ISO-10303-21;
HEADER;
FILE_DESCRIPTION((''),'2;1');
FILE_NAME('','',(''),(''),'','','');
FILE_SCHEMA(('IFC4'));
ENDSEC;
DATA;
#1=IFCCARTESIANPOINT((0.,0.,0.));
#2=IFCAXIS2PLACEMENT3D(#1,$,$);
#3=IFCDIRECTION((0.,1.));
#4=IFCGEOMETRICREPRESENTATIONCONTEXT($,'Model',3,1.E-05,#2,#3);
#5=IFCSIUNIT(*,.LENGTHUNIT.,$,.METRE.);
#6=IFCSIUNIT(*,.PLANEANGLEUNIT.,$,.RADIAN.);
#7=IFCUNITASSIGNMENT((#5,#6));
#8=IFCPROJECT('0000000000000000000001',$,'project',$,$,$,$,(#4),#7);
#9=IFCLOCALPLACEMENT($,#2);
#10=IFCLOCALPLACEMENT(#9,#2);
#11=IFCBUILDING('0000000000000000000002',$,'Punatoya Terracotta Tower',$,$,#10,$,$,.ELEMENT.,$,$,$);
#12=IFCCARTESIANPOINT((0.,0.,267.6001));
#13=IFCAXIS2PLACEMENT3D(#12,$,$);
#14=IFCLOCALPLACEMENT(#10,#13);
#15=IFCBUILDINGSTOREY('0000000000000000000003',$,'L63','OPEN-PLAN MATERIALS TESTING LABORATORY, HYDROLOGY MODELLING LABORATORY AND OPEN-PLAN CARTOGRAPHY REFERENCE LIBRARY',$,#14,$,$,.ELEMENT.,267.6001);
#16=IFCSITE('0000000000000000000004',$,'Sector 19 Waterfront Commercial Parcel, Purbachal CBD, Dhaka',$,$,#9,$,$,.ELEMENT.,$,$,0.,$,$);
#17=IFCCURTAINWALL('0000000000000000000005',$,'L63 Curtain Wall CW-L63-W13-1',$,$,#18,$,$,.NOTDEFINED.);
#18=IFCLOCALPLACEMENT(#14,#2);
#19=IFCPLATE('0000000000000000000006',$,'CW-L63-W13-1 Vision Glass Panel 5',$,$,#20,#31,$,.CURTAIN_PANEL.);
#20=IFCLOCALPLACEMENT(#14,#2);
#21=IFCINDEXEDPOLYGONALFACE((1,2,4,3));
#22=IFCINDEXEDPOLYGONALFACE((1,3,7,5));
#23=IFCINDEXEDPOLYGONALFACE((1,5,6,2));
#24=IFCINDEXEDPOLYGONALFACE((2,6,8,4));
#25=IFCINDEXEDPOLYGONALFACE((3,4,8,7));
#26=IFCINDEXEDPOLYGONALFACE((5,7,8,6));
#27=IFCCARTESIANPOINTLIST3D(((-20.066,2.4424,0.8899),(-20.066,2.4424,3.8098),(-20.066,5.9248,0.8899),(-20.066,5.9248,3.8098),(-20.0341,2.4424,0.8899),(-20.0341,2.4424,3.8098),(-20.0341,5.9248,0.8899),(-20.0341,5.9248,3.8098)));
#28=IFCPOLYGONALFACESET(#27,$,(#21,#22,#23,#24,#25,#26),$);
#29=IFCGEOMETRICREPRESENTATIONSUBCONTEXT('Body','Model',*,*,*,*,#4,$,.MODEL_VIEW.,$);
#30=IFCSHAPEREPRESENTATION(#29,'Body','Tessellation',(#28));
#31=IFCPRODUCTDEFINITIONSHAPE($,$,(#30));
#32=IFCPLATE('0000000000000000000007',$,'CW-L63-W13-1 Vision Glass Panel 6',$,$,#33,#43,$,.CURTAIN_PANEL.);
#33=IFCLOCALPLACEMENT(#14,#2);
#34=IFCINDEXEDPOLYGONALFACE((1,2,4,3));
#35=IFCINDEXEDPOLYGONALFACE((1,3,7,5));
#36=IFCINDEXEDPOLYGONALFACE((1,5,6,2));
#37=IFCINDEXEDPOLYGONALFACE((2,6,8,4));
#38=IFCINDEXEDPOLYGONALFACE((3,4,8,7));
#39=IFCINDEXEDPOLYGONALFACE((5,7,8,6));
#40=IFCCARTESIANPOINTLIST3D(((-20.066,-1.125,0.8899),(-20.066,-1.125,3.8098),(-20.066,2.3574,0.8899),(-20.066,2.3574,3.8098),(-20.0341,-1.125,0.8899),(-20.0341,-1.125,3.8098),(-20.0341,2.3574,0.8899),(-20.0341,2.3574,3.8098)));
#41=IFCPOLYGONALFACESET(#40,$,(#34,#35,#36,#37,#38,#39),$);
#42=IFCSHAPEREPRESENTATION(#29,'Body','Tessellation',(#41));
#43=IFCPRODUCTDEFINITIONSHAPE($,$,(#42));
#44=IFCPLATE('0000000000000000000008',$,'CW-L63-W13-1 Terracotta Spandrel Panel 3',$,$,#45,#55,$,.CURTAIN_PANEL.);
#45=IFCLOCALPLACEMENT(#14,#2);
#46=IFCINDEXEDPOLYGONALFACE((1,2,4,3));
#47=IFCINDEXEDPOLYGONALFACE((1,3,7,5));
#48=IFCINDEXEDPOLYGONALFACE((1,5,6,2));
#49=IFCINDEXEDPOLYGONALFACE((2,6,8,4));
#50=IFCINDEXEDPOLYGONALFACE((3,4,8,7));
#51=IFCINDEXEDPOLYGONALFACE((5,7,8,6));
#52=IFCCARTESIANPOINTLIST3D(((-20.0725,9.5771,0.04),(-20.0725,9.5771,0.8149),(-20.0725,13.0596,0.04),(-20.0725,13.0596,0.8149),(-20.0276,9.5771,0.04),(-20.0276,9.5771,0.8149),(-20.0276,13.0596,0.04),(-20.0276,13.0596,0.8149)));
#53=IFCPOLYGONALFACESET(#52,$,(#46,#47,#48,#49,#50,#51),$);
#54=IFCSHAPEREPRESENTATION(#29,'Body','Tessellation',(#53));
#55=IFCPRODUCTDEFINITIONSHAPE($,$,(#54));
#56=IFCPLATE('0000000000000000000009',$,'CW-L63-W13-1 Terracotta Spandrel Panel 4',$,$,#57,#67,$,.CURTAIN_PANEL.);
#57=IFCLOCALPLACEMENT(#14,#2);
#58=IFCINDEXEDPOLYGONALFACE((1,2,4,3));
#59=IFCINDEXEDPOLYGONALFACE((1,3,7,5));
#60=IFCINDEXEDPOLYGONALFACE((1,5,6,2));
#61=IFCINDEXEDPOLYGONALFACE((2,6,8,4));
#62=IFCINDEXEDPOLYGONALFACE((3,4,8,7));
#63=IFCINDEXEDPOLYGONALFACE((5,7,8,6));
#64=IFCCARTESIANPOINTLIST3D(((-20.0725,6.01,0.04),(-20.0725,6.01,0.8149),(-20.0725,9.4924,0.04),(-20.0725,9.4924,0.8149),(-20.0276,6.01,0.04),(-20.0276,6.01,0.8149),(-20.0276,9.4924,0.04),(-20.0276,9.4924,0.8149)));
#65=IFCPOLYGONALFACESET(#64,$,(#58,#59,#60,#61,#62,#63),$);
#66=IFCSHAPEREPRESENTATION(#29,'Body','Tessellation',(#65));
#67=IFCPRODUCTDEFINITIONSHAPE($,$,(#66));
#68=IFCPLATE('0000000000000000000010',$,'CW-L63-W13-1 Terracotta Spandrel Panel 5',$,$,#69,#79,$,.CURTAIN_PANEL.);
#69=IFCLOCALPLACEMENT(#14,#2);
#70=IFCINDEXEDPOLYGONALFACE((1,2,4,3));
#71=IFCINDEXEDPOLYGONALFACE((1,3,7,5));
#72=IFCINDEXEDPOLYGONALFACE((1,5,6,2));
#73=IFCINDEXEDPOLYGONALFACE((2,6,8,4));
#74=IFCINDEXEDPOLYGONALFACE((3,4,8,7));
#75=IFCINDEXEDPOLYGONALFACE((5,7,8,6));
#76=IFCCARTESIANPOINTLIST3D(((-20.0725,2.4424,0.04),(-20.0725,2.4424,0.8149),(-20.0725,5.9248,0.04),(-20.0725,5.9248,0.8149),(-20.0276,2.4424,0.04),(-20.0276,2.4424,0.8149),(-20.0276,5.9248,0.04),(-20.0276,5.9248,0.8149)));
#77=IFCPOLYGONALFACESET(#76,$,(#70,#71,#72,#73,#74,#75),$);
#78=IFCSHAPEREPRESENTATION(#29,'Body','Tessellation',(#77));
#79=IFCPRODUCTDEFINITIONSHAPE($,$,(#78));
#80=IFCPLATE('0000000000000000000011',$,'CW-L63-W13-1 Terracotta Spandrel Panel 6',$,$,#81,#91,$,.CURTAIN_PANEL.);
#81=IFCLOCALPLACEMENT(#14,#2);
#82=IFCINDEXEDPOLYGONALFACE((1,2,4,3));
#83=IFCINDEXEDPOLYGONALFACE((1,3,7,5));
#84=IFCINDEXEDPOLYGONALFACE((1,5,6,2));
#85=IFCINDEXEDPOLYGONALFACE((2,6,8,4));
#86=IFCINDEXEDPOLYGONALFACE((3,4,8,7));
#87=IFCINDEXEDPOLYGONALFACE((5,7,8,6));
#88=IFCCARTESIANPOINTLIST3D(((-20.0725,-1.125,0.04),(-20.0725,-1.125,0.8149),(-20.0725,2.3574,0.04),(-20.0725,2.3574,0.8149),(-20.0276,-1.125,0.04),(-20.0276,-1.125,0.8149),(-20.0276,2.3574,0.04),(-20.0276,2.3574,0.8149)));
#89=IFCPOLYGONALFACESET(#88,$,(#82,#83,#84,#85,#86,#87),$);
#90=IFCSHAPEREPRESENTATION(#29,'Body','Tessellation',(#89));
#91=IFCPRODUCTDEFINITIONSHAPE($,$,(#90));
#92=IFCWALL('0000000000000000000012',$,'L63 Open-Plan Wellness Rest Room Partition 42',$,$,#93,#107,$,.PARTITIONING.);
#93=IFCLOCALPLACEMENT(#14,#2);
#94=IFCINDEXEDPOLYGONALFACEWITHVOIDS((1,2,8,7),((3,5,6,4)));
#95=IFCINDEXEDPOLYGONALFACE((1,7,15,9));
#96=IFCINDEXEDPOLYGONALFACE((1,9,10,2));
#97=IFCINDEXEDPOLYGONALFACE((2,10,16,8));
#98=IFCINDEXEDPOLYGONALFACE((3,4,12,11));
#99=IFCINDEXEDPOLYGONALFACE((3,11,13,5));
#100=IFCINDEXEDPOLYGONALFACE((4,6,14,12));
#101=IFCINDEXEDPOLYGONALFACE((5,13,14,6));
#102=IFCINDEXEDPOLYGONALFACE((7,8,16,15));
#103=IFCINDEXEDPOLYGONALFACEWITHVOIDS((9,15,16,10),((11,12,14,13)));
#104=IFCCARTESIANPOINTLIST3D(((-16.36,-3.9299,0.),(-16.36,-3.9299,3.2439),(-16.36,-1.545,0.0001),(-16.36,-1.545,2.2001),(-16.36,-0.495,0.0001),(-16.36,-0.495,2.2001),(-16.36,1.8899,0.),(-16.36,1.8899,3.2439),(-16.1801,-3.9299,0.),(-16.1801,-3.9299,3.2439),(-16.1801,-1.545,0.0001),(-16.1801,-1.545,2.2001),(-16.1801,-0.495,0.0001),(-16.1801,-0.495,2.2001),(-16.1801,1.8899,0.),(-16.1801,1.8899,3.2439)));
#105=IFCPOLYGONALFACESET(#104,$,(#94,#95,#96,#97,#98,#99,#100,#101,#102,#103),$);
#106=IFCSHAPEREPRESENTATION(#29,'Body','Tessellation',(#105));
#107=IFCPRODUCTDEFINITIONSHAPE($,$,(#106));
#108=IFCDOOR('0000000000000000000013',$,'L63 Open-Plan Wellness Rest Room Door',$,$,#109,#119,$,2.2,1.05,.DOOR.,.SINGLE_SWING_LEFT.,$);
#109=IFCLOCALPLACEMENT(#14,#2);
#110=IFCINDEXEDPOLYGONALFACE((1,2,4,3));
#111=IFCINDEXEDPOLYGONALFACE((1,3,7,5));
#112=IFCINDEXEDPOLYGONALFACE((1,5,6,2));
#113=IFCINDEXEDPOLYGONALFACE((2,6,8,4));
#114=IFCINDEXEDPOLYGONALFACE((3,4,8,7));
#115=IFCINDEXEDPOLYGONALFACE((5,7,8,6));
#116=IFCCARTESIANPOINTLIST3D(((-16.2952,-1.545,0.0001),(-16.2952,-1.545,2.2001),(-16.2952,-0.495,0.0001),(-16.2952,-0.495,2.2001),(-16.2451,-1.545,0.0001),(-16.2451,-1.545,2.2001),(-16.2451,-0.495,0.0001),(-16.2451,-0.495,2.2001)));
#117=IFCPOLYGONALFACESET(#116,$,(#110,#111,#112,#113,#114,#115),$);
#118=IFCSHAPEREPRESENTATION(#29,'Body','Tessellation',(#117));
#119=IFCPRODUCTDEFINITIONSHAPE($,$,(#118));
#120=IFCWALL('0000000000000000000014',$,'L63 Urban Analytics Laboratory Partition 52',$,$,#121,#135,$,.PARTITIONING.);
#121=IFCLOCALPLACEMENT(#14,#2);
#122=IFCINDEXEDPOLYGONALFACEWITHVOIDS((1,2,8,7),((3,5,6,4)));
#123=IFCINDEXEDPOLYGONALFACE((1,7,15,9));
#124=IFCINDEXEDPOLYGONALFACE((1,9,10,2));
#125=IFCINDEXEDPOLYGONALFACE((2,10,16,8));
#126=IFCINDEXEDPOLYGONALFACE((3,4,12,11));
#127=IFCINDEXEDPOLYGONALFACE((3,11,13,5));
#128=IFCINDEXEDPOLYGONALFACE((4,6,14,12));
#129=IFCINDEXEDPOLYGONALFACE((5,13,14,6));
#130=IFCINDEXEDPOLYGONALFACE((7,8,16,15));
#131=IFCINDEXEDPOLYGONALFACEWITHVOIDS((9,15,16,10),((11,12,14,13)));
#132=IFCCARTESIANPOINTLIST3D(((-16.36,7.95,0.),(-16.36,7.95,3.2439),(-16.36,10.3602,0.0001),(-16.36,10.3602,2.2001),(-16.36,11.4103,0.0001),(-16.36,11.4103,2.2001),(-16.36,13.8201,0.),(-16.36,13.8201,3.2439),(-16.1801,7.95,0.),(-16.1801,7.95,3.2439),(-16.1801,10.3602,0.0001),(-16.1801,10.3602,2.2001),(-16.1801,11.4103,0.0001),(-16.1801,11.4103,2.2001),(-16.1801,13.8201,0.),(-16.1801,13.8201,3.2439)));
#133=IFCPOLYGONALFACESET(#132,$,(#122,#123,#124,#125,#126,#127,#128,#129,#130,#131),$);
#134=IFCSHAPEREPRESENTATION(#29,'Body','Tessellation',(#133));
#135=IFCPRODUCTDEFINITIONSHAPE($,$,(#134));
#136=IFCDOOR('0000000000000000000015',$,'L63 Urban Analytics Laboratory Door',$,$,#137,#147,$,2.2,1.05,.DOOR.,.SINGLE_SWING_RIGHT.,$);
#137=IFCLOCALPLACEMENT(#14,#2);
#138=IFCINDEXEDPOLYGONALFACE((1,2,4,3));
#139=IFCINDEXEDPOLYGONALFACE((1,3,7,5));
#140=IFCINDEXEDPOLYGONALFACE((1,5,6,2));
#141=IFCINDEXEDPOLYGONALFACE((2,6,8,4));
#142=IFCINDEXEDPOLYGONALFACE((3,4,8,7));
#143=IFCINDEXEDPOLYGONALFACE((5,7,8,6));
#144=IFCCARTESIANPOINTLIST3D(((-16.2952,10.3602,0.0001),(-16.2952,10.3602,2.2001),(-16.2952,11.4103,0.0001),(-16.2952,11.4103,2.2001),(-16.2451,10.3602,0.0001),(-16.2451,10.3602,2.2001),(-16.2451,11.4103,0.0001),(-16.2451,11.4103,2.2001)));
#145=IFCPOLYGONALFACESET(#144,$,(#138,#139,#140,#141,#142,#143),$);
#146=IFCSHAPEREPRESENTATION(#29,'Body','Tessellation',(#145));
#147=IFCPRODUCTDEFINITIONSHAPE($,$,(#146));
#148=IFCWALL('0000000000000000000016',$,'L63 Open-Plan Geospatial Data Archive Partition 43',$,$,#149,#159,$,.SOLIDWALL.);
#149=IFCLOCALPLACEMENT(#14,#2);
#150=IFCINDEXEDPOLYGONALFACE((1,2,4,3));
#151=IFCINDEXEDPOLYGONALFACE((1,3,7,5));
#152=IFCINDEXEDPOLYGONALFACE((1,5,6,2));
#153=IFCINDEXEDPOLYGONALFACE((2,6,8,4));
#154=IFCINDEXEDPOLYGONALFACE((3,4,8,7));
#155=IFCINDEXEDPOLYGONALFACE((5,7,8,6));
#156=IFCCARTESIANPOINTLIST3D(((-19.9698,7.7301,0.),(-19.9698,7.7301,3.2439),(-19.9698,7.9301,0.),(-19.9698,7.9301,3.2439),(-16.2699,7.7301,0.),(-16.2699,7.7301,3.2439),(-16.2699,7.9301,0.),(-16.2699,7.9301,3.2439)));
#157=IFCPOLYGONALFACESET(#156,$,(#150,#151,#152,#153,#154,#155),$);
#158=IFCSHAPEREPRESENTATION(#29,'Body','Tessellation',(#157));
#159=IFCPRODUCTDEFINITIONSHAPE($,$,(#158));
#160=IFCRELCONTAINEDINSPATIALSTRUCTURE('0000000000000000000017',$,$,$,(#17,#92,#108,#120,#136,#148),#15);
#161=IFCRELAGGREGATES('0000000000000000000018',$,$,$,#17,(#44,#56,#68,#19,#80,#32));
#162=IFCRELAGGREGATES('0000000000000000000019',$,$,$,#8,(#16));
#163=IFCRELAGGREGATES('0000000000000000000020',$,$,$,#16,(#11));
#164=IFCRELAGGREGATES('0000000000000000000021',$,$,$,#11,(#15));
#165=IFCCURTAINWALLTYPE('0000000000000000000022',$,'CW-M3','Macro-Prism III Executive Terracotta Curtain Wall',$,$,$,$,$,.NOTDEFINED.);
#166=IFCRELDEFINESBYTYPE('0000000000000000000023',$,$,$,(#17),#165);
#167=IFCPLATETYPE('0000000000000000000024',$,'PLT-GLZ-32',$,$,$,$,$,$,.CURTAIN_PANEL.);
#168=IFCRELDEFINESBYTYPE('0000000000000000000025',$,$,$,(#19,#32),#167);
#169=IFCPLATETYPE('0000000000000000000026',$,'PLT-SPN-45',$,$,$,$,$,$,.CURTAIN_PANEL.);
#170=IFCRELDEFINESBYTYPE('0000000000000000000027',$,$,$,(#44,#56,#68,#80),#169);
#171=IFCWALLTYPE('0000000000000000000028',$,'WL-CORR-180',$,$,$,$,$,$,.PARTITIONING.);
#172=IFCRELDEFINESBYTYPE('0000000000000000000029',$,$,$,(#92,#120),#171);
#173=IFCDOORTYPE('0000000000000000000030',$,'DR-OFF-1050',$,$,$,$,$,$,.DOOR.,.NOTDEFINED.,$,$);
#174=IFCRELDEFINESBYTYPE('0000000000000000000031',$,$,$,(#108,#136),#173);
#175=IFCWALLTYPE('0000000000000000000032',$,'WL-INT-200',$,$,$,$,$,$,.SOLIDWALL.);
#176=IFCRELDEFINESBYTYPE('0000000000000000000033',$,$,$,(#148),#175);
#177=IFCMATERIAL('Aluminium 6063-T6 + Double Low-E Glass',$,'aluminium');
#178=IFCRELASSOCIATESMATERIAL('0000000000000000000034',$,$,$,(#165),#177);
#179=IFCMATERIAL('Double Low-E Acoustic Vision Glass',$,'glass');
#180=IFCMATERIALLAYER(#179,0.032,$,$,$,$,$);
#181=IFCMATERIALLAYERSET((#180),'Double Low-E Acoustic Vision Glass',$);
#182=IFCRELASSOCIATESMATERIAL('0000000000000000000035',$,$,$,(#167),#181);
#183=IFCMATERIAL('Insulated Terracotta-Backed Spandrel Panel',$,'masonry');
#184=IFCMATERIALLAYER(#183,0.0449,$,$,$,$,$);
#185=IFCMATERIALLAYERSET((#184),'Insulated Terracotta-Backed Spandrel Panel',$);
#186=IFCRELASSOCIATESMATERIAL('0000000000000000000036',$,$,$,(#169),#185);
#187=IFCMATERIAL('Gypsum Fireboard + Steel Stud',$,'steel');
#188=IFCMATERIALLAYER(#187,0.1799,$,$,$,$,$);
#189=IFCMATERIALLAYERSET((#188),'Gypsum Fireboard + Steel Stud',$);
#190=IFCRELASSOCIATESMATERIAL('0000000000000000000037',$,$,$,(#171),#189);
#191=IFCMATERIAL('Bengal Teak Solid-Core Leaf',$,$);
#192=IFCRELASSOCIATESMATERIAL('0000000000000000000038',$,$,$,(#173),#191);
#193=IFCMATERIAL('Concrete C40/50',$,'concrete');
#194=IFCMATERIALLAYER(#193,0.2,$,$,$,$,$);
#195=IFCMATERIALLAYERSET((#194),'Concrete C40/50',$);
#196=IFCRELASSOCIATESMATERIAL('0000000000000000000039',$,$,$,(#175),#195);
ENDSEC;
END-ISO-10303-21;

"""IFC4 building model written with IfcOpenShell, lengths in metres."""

from ifc_helpers import new_model, si_unit, direction, frame, frame_2d, origin, origin_2d, place, context, subcontext, project, spatial, rectangle, extrude, material, layer, layer_set, type_object, element, fill, aggregate, save


model = new_model("IFC4")

# Units and contexts
model_context = context("Model", 3, precision=1e-05, world=origin(), true_north=direction((0.0, 1.0)))
body_context = subcontext(model_context, "Body", "Model", "MODEL_VIEW")
ifc_project = project(units=[si_unit("LENGTHUNIT", "METRE"), si_unit("PLANEANGLEUNIT", "RADIAN")], contexts=[model_context])

# Site, building, storey
site_placement = place(None, origin())
site = spatial("IfcSite", under=ifc_project, at=site_placement, Name="Sector 19 Waterfront Commercial Parcel, Purbachal CBD, Dhaka", CompositionType="ELEMENT", RefElevation=0.0)
building_placement = place(site_placement, origin())
building = spatial("IfcBuilding", under=site, at=building_placement, Name="Punatoya Terracotta Tower", CompositionType="ELEMENT")
storey_placement = place(building_placement, frame((0.0, 0.0, 267.6001)))
storey = spatial("IfcBuildingStorey", under=building, at=storey_placement, Name="L63", Description="OPEN-PLAN MATERIALS TESTING LABORATORY, HYDROLOGY MODELLING LABORATORY AND OPEN-PLAN CARTOGRAPHY REFERENCE LIBRARY", CompositionType="ELEMENT", Elevation=267.6001)

# Curtain wall, plates
ifc_material_1 = material(Name="Aluminium 6063-T6 + Double Low-E Glass", Category="aluminium")
curtain_wall_type = type_object("IfcCurtainWallType", Name="CW-M3", Description="Macro-Prism III Executive Terracotta Curtain Wall", PredefinedType="NOTDEFINED", material=ifc_material_1)
curtain_wall_placement = place(storey_placement, origin())
curtain_wall = element("IfcCurtainWall", 1, at=curtain_wall_placement, inside=storey, type_object=curtain_wall_type, Name="L63 Curtain Wall CW-L63-W13-1", PredefinedType="NOTDEFINED")
ifc_material_2 = material(Name="Double Low-E Acoustic Vision Glass", Category="glass")
ifc_layer_1 = layer(ifc_material_2, 0.032)
ifc_layer_set_1 = layer_set([ifc_layer_1], Name="Double Low-E Acoustic Vision Glass")
plate_type_1 = type_object("IfcPlateType", Name="PLT-GLZ-32", PredefinedType="CURTAIN_PANEL", material=ifc_layer_set_1)
plate_1_placement = place(storey_placement, frame((-20.05, 4.1836, 0.8899), z_axis=(0.0, 0.0, 1.0), x_axis=(0.0, -1.0, 0.0)))
plate_1 = element("IfcPlate", 2, at=plate_1_placement, type_object=plate_type_1, Name="CW-L63-W13-1 Vision Glass Panel 5", PredefinedType="CURTAIN_PANEL", context=body_context, shape_type="SweptSolid", body=[
    extrude(rectangle(XDim=3.4824, YDim=0.032, at=origin_2d()), origin(), (0.0, 0.0, 1.0), 2.9199),
])
plate_2_placement = place(storey_placement, frame((-20.05, 0.6162, 0.8899), z_axis=(0.0, 0.0, 1.0), x_axis=(0.0, -1.0, 0.0)))
plate_2 = element("IfcPlate", 3, at=plate_2_placement, type_object=plate_type_1, Name="CW-L63-W13-1 Vision Glass Panel 6", PredefinedType="CURTAIN_PANEL", context=body_context, shape_type="SweptSolid", body=[
    extrude(rectangle(XDim=3.4824, YDim=0.032, at=origin_2d()), origin(), (0.0, 0.0, 1.0), 2.9199),
])
ifc_material_3 = material(Name="Insulated Terracotta-Backed Spandrel Panel", Category="masonry")
ifc_layer_2 = layer(ifc_material_3, 0.0449)
ifc_layer_set_2 = layer_set([ifc_layer_2], Name="Insulated Terracotta-Backed Spandrel Panel")
plate_type_2 = type_object("IfcPlateType", Name="PLT-SPN-45", PredefinedType="CURTAIN_PANEL", material=ifc_layer_set_2)
plate_3_placement = place(storey_placement, frame((-20.05, 11.3184, 0.04), z_axis=(0.0, 0.0, 1.0), x_axis=(0.0, -1.0, 0.0)))
plate_3 = element("IfcPlate", 4, at=plate_3_placement, type_object=plate_type_2, Name="CW-L63-W13-1 Terracotta Spandrel Panel 3", PredefinedType="CURTAIN_PANEL", context=body_context, shape_type="SweptSolid", body=[
    extrude(rectangle(XDim=3.4824, YDim=0.0449, at=origin_2d()), origin(), (0.0, 0.0, 1.0), 0.7749),
])
plate_4_placement = place(storey_placement, frame((-20.05, 7.7512, 0.04), z_axis=(0.0, 0.0, 1.0), x_axis=(0.0, -1.0, 0.0)))
plate_4 = element("IfcPlate", 5, at=plate_4_placement, type_object=plate_type_2, Name="CW-L63-W13-1 Terracotta Spandrel Panel 4", PredefinedType="CURTAIN_PANEL", context=body_context, shape_type="SweptSolid", body=[
    extrude(rectangle(XDim=3.4824, YDim=0.0449, at=origin_2d()), origin(), (0.0, 0.0, 1.0), 0.7749),
])
plate_5_placement = place(storey_placement, frame((-20.05, 4.1836, 0.04), z_axis=(0.0, 0.0, 1.0), x_axis=(0.0, -1.0, 0.0)))
plate_5 = element("IfcPlate", 6, at=plate_5_placement, type_object=plate_type_2, Name="CW-L63-W13-1 Terracotta Spandrel Panel 5", PredefinedType="CURTAIN_PANEL", context=body_context, shape_type="SweptSolid", body=[
    extrude(rectangle(XDim=3.4824, YDim=0.0449, at=origin_2d()), origin(), (0.0, 0.0, 1.0), 0.7749),
])
plate_6_placement = place(storey_placement, frame((-20.05, 0.6162, 0.04), z_axis=(0.0, 0.0, 1.0), x_axis=(0.0, -1.0, 0.0)))
plate_6 = element("IfcPlate", 7, at=plate_6_placement, type_object=plate_type_2, Name="CW-L63-W13-1 Terracotta Spandrel Panel 6", PredefinedType="CURTAIN_PANEL", context=body_context, shape_type="SweptSolid", body=[
    extrude(rectangle(XDim=3.4824, YDim=0.0449, at=origin_2d()), origin(), (0.0, 0.0, 1.0), 0.7749),
])
aggregate(curtain_wall, [plate_3, plate_4, plate_5, plate_1, plate_6, plate_2])

# Walls, openings, doors
ifc_material_4 = material(Name="Gypsum Fireboard + Steel Stud", Category="steel")
ifc_layer_3 = layer(ifc_material_4, 0.1799)
ifc_layer_set_3 = layer_set([ifc_layer_3], Name="Gypsum Fireboard + Steel Stud")
wall_type_1 = type_object("IfcWallType", Name="WL-CORR-180", PredefinedType="PARTITIONING", material=ifc_layer_set_3)
wall_1_placement = place(storey_placement, frame((-16.27, 1.8899, 0.0), z_axis=(0.0, 0.0, 1.0), x_axis=(0.0, -1.0, 0.0)))
wall_1 = element("IfcWall", 8, at=wall_1_placement, inside=storey, type_object=wall_type_1, Name="L63 Open-Plan Wellness Rest Room Partition 42", PredefinedType="PARTITIONING", context=body_context, shape_type="SweptSolid", body=[
    extrude(rectangle(XDim=5.8198, YDim=0.1799, at=frame_2d((2.9099, 0.0))), origin(), (0.0, 0.0, 1.0), 3.2439),
])
opening_1_placement = place(wall_1_placement, frame((2.385, 0.0, 0.0)))
opening_1 = element("IfcOpeningElement", 9, at=opening_1_placement, cuts=wall_1, PredefinedType="OPENING", context=body_context, shape_type="SweptSolid", body=[
    extrude(rectangle(XDim=1.05, YDim=2.2, at=frame_2d((0.5249, 1.1001))), frame((0.0, 0.0999, 0.0), z_axis=(0.0, -1.0, 0.0), x_axis=(1.0, 0.0, 0.0)), (0.0, 0.0, 1.0), 0.2),
])
ifc_material_5 = material(Name="Bengal Teak Solid-Core Leaf")
door_type_1 = type_object("IfcDoorType", Name="DR-OFF-1050", OperationType="NOTDEFINED", PredefinedType="DOOR", material=ifc_material_5)
door_1_placement = place(opening_1_placement, origin())
door_1 = element("IfcDoor", 10, at=door_1_placement, inside=storey, type_object=door_type_1, Name="L63 Open-Plan Wellness Rest Room Door", OperationType="SINGLE_SWING_LEFT", OverallHeight=2.2, OverallWidth=1.05, PredefinedType="DOOR", context=body_context, shape_type="SweptSolid", body=[
    extrude(rectangle(XDim=1.05, YDim=2.2, at=frame_2d((0.5249, 1.1001))), frame((0.0, 0.0249, 0.0), z_axis=(0.0, -1.0, 0.0), x_axis=(1.0, 0.0, 0.0)), (0.0, 0.0, 1.0), 0.05),
])
fill(opening_1, door_1)
wall_2_placement = place(storey_placement, frame((-16.27, 13.8201, 0.0), z_axis=(0.0, 0.0, 1.0), x_axis=(0.0, -1.0, 0.0)))
wall_2 = element("IfcWall", 11, at=wall_2_placement, inside=storey, type_object=wall_type_1, Name="L63 Urban Analytics Laboratory Partition 52", PredefinedType="PARTITIONING", context=body_context, shape_type="SweptSolid", body=[
    extrude(rectangle(XDim=5.8701, YDim=0.1799, at=frame_2d((2.9351, 0.0))), origin(), (0.0, 0.0, 1.0), 3.2439),
])
opening_2_placement = place(wall_2_placement, frame((2.4099, 0.0, 0.0)))
opening_2 = element("IfcOpeningElement", 12, at=opening_2_placement, cuts=wall_2, PredefinedType="OPENING", context=body_context, shape_type="SweptSolid", body=[
    extrude(rectangle(XDim=1.05, YDim=2.2, at=frame_2d((0.5249, 1.1001))), frame((0.0, 0.0999, 0.0), z_axis=(0.0, -1.0, 0.0), x_axis=(1.0, 0.0, 0.0)), (0.0, 0.0, 1.0), 0.2),
])
door_2_placement = place(opening_2_placement, origin())
door_2 = element("IfcDoor", 13, at=door_2_placement, inside=storey, type_object=door_type_1, Name="L63 Urban Analytics Laboratory Door", OperationType="SINGLE_SWING_RIGHT", OverallHeight=2.2, OverallWidth=1.05, PredefinedType="DOOR", context=body_context, shape_type="SweptSolid", body=[
    extrude(rectangle(XDim=1.05, YDim=2.2, at=frame_2d((0.5249, 1.1001))), frame((0.0, 0.0249, 0.0), z_axis=(0.0, -1.0, 0.0), x_axis=(1.0, 0.0, 0.0)), (0.0, 0.0, 1.0), 0.05),
])
fill(opening_2, door_2)

# Wall
ifc_material_6 = material(Name="Concrete C40/50", Category="concrete")
ifc_layer_4 = layer(ifc_material_6, 0.2)
ifc_layer_set_4 = layer_set([ifc_layer_4], Name="Concrete C40/50")
wall_type_2 = type_object("IfcWallType", Name="WL-INT-200", PredefinedType="SOLIDWALL", material=ifc_layer_set_4)
wall_3_placement = place(storey_placement, frame((-19.97, 7.8301, 0.0), z_axis=(0.0, 0.0, 1.0), x_axis=(1.0, 0.0, 0.0)))
element("IfcWall", 14, at=wall_3_placement, inside=storey, type_object=wall_type_2, Name="L63 Open-Plan Geospatial Data Archive Partition 43", PredefinedType="SOLIDWALL", context=body_context, shape_type="SweptSolid", body=[
    extrude(rectangle(XDim=3.7, YDim=0.2, at=frame_2d((1.8501, 0.0))), origin(), (0.0, 0.0, 1.0), 3.2439),
])

save(model, "model.ifc")
